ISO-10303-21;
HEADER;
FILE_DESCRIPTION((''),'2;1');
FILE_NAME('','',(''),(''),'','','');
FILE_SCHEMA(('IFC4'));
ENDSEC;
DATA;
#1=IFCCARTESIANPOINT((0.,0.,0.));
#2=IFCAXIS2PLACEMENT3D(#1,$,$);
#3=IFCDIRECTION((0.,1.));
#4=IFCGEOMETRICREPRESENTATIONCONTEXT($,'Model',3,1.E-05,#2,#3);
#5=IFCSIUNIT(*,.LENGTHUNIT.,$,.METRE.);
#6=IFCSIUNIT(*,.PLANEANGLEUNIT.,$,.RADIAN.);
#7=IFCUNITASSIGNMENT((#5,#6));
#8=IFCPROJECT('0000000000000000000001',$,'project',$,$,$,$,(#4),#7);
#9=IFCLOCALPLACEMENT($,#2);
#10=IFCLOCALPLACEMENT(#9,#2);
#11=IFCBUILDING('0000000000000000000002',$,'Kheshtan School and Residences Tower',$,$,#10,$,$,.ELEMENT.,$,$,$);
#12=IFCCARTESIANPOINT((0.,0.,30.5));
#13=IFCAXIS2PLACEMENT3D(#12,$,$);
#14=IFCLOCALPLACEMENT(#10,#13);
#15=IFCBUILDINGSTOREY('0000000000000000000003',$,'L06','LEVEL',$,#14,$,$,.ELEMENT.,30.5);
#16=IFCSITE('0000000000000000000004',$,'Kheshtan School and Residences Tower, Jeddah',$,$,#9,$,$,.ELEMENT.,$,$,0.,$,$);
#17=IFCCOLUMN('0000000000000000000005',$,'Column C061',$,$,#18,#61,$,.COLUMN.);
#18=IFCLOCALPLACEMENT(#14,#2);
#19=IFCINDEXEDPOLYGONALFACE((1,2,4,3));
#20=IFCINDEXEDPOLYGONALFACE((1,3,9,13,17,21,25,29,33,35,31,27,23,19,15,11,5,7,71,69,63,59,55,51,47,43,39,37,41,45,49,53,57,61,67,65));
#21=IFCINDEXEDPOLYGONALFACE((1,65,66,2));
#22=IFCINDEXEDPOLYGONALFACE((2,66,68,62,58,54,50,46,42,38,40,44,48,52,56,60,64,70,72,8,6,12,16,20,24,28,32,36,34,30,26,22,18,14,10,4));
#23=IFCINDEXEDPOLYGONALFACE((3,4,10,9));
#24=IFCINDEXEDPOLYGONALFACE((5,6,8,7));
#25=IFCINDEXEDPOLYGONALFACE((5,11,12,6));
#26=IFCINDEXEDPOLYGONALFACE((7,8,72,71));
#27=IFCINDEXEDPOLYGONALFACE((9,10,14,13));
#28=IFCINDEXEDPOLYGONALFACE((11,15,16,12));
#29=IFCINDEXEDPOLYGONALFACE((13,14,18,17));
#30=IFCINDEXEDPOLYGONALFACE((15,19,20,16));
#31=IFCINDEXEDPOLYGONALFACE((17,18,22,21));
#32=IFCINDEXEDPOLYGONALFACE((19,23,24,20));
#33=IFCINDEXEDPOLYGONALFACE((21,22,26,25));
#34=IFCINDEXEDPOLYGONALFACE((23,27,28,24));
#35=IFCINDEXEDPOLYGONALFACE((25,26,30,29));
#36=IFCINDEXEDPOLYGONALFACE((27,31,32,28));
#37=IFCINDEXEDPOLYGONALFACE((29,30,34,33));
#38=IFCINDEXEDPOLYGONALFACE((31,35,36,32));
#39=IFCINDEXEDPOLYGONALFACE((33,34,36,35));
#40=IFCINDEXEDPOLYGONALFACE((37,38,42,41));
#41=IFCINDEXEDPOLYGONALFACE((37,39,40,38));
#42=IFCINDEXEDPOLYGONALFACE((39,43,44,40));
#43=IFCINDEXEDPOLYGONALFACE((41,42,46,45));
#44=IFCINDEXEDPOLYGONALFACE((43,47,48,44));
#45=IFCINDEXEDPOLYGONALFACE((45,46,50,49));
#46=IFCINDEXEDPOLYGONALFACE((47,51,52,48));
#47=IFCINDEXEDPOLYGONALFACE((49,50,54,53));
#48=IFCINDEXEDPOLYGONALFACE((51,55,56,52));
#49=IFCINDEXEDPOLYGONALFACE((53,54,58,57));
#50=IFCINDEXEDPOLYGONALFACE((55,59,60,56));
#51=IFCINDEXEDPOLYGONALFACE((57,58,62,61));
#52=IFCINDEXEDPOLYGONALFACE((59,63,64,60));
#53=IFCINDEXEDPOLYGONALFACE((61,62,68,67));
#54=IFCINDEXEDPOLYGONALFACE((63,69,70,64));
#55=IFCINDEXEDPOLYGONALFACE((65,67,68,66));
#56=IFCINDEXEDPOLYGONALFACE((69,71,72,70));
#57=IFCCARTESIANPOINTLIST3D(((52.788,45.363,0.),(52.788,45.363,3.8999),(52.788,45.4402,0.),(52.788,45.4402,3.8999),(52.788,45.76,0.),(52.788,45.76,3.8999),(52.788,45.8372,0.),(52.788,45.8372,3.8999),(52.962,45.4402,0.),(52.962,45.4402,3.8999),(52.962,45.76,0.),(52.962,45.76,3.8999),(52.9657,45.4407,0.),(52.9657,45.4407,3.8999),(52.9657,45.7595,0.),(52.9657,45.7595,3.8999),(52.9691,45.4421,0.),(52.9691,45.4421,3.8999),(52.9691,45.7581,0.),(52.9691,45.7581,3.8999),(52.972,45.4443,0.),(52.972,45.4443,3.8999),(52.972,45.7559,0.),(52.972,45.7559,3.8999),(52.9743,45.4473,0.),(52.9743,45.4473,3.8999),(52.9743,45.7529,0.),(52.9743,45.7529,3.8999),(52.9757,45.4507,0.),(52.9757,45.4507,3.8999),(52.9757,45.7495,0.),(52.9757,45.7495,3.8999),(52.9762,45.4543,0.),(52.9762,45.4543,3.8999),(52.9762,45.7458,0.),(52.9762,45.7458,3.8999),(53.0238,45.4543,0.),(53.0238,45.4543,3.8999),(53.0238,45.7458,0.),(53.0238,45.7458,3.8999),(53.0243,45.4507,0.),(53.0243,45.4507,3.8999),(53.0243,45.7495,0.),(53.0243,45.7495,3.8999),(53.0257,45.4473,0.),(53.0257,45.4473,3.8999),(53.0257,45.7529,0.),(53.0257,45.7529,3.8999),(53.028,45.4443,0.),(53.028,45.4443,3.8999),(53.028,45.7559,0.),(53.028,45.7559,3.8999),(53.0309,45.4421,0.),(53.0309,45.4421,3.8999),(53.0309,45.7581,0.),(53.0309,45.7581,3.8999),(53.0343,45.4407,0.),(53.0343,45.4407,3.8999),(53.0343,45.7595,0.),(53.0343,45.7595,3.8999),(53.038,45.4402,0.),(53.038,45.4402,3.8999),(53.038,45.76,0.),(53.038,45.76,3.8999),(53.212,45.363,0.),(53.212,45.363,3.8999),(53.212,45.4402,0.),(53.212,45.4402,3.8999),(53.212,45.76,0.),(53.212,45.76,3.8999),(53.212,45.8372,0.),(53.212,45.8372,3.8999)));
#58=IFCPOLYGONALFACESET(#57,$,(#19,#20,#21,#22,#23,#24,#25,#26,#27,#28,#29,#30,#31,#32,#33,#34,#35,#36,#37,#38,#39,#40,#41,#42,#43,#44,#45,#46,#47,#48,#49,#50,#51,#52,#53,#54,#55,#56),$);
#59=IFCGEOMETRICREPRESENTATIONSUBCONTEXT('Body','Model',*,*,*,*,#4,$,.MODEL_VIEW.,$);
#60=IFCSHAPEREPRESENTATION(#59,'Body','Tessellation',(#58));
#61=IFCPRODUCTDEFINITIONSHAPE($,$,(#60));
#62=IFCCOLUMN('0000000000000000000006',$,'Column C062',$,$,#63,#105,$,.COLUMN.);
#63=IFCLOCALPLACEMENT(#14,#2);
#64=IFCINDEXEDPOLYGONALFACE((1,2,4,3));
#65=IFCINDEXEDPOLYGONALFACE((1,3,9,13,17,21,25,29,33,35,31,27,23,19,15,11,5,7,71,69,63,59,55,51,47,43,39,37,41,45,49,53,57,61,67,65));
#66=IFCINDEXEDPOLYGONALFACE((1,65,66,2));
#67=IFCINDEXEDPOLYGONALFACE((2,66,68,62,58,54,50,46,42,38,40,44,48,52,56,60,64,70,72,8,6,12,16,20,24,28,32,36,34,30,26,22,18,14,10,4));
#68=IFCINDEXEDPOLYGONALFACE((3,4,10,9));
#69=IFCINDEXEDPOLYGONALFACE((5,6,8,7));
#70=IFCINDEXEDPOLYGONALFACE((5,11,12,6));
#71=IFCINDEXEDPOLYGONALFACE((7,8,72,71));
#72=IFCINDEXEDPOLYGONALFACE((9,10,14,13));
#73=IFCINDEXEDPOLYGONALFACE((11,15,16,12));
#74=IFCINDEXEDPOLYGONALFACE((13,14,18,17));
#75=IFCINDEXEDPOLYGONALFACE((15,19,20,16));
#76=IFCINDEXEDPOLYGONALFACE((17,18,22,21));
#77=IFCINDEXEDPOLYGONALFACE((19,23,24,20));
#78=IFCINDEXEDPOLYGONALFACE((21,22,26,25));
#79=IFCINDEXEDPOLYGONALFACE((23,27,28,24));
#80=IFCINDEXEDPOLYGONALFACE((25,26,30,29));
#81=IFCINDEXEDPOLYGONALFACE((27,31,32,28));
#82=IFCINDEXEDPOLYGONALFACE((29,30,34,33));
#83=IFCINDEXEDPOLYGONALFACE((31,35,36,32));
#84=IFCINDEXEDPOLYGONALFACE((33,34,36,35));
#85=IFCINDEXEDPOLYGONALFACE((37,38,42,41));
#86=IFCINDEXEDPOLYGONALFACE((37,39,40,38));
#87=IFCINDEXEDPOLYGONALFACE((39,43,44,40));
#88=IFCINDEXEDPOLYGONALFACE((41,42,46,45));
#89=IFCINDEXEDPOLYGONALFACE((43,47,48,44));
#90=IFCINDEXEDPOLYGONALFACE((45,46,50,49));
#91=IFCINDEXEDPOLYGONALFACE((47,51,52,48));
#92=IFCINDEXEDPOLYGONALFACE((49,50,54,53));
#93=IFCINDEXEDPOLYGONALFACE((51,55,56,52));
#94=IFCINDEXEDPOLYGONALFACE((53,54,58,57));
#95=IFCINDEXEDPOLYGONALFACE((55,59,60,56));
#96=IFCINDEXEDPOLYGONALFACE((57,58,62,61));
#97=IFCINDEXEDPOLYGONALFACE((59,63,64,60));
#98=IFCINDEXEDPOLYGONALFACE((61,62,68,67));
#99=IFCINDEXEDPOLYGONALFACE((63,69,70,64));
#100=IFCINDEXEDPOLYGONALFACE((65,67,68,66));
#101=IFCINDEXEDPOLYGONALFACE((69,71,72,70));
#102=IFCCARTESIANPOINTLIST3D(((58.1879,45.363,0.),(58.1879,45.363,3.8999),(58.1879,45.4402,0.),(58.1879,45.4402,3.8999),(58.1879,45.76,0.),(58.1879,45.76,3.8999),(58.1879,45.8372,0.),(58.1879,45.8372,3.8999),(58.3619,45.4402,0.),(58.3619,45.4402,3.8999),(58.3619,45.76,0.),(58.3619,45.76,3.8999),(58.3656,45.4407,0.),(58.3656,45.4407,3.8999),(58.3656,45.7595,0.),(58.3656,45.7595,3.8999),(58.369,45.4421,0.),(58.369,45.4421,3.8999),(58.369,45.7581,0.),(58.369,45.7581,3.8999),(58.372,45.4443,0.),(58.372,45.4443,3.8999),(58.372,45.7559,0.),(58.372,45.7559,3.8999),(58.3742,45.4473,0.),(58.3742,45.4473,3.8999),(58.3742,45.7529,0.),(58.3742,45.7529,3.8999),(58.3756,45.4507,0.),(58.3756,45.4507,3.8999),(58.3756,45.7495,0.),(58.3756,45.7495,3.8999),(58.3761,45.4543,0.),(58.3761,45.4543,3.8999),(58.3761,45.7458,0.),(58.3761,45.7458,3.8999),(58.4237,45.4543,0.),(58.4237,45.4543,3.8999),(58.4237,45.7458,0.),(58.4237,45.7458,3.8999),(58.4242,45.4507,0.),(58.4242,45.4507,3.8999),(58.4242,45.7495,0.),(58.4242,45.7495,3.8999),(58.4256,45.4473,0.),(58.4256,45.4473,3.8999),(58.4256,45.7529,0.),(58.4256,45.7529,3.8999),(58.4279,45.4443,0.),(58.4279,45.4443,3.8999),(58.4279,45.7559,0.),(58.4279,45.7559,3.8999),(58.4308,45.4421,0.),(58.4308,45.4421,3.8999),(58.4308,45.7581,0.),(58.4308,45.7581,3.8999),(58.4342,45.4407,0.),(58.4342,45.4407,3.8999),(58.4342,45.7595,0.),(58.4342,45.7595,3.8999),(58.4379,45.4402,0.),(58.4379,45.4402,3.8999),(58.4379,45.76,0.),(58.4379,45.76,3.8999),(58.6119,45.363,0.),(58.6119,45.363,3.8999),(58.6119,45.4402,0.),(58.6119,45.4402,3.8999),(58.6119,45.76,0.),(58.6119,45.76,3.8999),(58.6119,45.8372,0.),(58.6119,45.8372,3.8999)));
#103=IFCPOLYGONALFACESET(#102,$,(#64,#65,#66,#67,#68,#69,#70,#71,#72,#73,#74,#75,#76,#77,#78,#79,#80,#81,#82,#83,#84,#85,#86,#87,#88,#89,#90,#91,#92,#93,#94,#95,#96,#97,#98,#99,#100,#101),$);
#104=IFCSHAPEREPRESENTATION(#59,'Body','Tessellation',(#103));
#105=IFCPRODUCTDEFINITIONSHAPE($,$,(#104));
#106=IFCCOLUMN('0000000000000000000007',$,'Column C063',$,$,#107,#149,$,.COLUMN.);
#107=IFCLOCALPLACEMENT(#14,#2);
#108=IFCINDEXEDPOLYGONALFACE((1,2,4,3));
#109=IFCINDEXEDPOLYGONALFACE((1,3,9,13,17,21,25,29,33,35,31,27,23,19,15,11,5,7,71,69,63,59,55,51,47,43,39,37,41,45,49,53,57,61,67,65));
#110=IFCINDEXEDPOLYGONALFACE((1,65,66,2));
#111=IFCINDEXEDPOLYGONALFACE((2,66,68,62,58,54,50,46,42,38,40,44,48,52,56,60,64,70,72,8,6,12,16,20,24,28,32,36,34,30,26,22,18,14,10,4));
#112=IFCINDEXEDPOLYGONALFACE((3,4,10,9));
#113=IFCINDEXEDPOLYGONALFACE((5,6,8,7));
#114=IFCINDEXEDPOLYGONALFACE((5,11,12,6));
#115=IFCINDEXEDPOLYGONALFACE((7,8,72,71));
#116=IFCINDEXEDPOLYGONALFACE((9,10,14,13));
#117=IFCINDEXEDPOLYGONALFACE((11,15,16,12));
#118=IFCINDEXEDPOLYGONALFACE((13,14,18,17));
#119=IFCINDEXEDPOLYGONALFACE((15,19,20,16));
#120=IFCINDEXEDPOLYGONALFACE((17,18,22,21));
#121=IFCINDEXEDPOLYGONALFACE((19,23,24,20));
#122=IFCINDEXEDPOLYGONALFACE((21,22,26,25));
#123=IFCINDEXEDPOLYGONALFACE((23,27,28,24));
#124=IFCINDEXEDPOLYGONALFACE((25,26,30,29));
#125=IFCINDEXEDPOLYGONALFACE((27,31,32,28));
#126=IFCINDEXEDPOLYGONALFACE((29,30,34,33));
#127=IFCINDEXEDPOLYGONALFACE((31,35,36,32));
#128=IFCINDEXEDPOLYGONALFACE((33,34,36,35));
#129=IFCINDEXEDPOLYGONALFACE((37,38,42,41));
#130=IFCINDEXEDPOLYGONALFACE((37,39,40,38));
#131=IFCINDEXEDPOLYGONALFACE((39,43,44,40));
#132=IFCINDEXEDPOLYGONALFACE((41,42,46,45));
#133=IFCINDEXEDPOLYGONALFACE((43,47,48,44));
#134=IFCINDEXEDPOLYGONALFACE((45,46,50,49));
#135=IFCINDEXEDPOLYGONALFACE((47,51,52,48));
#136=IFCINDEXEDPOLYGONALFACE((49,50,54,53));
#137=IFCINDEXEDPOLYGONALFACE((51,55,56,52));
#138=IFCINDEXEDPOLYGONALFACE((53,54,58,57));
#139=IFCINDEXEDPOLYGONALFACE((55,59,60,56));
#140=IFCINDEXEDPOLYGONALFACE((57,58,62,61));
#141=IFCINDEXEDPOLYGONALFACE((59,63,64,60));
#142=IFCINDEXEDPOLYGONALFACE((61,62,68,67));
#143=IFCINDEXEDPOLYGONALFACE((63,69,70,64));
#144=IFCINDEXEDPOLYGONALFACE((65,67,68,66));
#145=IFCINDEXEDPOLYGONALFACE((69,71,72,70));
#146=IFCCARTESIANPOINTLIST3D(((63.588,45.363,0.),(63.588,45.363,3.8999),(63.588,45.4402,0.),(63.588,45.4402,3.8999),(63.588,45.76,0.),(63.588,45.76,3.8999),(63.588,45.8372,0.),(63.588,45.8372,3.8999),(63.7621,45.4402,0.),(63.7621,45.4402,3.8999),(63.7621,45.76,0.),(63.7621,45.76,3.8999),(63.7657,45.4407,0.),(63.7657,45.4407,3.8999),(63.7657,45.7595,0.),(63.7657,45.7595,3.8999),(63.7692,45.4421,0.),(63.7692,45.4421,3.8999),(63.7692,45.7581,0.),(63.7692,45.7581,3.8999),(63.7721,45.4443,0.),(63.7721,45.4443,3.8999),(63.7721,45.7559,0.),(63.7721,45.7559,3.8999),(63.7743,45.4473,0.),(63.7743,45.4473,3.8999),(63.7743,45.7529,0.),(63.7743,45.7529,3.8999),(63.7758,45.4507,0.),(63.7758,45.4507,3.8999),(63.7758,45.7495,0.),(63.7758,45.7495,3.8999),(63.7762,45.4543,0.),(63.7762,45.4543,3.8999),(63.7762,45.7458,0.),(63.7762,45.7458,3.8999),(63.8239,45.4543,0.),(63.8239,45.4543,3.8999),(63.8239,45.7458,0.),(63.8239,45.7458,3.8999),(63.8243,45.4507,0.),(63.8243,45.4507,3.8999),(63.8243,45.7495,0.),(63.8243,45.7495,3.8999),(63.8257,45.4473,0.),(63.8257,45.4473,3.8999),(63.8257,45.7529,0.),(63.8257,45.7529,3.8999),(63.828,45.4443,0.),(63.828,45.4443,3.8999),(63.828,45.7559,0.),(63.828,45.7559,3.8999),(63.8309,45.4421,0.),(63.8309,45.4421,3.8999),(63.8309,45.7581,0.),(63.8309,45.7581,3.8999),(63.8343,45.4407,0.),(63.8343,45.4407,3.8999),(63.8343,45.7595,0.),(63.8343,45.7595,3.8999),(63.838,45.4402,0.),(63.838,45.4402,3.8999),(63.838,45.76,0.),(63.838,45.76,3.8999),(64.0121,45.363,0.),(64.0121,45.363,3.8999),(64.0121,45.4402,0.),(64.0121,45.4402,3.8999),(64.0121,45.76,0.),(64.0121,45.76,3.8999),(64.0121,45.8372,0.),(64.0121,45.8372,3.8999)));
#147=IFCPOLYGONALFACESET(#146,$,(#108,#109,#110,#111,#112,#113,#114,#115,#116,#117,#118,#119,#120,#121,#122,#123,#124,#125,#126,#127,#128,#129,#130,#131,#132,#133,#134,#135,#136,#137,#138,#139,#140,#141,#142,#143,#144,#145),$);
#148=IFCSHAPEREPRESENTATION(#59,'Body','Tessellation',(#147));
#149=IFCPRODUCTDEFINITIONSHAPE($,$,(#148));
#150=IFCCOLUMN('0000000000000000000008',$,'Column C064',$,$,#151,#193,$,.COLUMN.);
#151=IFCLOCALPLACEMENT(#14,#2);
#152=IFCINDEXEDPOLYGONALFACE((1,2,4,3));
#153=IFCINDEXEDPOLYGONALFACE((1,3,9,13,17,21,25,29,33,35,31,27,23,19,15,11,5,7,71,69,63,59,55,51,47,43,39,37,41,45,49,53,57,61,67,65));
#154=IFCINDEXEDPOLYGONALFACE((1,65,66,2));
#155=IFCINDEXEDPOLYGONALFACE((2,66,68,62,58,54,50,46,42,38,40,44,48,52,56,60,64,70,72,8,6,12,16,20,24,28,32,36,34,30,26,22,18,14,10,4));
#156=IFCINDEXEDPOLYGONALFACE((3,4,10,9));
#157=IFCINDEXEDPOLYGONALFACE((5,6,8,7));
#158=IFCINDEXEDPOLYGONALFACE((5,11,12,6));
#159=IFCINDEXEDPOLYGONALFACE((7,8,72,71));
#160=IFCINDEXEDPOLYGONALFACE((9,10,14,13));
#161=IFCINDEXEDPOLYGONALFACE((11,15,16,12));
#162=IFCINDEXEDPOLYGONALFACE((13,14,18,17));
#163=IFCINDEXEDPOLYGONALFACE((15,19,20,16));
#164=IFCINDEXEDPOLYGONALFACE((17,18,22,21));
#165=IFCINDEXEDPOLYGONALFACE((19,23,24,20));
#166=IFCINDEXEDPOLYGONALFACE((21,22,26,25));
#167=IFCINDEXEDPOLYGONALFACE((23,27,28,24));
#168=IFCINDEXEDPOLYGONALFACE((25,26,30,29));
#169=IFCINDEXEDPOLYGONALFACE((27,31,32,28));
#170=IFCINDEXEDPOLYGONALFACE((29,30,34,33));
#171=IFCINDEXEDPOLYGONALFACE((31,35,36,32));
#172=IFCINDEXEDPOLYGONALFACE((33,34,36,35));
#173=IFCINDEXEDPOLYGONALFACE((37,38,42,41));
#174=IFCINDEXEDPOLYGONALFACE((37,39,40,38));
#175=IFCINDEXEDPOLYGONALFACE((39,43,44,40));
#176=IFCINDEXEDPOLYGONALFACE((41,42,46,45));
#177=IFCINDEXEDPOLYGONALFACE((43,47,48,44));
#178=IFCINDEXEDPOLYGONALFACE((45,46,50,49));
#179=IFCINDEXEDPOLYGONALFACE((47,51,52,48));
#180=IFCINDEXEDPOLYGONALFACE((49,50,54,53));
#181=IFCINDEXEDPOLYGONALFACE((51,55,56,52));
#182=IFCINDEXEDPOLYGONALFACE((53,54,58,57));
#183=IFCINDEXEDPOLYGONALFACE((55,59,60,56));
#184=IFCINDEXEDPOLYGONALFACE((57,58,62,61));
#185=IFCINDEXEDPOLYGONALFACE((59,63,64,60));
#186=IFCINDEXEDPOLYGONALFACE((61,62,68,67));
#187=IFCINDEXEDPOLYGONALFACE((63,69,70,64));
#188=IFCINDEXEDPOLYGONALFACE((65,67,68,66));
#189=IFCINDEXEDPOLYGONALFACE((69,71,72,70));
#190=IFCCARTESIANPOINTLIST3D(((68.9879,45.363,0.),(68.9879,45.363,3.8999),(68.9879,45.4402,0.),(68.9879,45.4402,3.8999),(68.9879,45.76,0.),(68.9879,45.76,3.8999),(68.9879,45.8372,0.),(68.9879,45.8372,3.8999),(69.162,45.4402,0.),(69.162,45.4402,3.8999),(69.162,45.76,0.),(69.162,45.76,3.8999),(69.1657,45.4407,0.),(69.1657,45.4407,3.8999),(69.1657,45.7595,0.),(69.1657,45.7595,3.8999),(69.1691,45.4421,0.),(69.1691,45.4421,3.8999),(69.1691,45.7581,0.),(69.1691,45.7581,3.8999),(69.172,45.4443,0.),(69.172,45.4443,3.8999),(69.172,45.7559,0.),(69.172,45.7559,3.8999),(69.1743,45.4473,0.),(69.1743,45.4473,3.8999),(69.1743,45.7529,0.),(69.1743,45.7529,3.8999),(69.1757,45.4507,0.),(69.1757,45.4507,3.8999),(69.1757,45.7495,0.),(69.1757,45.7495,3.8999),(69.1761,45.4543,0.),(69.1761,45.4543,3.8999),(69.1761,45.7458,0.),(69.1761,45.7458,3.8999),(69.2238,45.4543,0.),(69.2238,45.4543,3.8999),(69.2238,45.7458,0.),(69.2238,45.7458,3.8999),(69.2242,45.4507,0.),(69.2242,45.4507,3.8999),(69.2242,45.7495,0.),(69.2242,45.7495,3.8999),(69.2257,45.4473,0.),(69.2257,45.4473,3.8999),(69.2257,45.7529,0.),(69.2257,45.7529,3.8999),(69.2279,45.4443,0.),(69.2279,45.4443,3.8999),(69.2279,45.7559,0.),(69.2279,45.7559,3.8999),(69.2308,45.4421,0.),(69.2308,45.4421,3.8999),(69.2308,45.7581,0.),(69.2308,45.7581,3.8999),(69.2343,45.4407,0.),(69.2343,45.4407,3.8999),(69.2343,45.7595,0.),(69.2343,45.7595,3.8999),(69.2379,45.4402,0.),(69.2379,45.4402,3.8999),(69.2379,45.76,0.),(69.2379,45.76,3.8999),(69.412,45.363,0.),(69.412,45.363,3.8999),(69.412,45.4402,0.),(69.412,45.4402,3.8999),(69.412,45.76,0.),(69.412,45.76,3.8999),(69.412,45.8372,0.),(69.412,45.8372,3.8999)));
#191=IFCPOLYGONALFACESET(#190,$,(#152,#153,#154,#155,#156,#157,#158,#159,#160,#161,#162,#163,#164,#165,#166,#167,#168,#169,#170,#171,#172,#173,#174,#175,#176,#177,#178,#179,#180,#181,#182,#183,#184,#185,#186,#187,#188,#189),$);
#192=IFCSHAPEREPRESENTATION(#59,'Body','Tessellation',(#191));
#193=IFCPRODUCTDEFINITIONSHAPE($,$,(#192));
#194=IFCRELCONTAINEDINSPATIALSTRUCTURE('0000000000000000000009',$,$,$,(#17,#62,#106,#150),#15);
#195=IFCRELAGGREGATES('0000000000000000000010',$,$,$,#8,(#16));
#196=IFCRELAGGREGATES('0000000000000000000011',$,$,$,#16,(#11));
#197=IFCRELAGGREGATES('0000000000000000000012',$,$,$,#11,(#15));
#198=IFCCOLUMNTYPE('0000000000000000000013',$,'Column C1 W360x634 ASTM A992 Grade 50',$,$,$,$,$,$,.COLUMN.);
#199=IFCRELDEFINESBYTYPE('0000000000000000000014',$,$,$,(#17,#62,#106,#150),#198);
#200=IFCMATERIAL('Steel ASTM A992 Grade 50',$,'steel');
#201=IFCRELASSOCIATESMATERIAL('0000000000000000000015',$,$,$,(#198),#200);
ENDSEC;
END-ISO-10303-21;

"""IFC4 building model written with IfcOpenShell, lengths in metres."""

from ifc_helpers import new_model, si_unit, direction, frame, origin, origin_2d, place, context, subcontext, project, spatial, i_section, extrude, material, material_profile, profile_set, type_object, element, save


model = new_model("IFC4")

# Units and contexts
model_context = context("Model", 3, precision=1e-05, world=origin(), true_north=direction((0.0, 1.0)))
body_context = subcontext(model_context, "Body", "Model", "MODEL_VIEW")
ifc_project = project(units=[si_unit("LENGTHUNIT", "METRE"), si_unit("PLANEANGLEUNIT", "RADIAN")], contexts=[model_context])

# Site, building, storey
site_placement = place(None, origin())
site = spatial("IfcSite", under=ifc_project, at=site_placement, Name="Kheshtan School and Residences Tower, Jeddah", CompositionType="ELEMENT", RefElevation=0.0)
building_placement = place(site_placement, origin())
building = spatial("IfcBuilding", under=site, at=building_placement, Name="Kheshtan School and Residences Tower", CompositionType="ELEMENT")
storey_placement = place(building_placement, frame((0.0, 0.0, 30.5)))
storey = spatial("IfcBuildingStorey", under=building, at=storey_placement, Name="L06", Description="LEVEL", CompositionType="ELEMENT", Elevation=30.5)

# Columns
ifc_material_1 = material(Name="Steel ASTM A992 Grade 50", Category="steel")
ifc_material_profile_1 = material_profile(ifc_material_1, i_section(OverallWidth=0.4241, OverallDepth=0.4741, WebThickness=0.0476, FlangeThickness=0.0771, FilletRadius=0.0142, at=origin_2d()), Name="W360x634")
ifc_profile_set_1 = profile_set([ifc_material_profile_1], Name="Steel ASTM A992 Grade 50")
column_type = type_object("IfcColumnType", Name="Column C1 W360x634 ASTM A992 Grade 50", PredefinedType="COLUMN", material=ifc_profile_set_1)
for number, where, z_axis, x_axis, name in (
    (1, (53.0, 45.6001, 0.0), (0.0, 0.0, 1.0), (1.0, 0.0, 0.0), "Column C061"),
    (2, (58.3999, 45.6001, 0.0), (0.0, 0.0, 1.0), (1.0, 0.0, 0.0), "Column C062"),
    (3, (63.8, 45.6001, 0.0), (0.0, 0.0, 1.0), (1.0, 0.0, 0.0), "Column C063"),
    (4, (69.2, 45.6001, 0.0), (0.0, 0.0, 1.0), (1.0, 0.0, 0.0), "Column C064"),
):
    element("IfcColumn", number, at=place(storey_placement, frame(where, z_axis=z_axis, x_axis=x_axis)), inside=storey, type_object=column_type, Name=name, PredefinedType="COLUMN", context=body_context, shape_type="SweptSolid", body=[
        extrude(i_section(OverallWidth=0.4241, OverallDepth=0.4741, WebThickness=0.0476, FlangeThickness=0.0771, FilletRadius=0.0142, at=origin_2d()), origin(), (0.0, 0.0, 1.0), 3.8999),
    ])

save(model, "model.ifc")
